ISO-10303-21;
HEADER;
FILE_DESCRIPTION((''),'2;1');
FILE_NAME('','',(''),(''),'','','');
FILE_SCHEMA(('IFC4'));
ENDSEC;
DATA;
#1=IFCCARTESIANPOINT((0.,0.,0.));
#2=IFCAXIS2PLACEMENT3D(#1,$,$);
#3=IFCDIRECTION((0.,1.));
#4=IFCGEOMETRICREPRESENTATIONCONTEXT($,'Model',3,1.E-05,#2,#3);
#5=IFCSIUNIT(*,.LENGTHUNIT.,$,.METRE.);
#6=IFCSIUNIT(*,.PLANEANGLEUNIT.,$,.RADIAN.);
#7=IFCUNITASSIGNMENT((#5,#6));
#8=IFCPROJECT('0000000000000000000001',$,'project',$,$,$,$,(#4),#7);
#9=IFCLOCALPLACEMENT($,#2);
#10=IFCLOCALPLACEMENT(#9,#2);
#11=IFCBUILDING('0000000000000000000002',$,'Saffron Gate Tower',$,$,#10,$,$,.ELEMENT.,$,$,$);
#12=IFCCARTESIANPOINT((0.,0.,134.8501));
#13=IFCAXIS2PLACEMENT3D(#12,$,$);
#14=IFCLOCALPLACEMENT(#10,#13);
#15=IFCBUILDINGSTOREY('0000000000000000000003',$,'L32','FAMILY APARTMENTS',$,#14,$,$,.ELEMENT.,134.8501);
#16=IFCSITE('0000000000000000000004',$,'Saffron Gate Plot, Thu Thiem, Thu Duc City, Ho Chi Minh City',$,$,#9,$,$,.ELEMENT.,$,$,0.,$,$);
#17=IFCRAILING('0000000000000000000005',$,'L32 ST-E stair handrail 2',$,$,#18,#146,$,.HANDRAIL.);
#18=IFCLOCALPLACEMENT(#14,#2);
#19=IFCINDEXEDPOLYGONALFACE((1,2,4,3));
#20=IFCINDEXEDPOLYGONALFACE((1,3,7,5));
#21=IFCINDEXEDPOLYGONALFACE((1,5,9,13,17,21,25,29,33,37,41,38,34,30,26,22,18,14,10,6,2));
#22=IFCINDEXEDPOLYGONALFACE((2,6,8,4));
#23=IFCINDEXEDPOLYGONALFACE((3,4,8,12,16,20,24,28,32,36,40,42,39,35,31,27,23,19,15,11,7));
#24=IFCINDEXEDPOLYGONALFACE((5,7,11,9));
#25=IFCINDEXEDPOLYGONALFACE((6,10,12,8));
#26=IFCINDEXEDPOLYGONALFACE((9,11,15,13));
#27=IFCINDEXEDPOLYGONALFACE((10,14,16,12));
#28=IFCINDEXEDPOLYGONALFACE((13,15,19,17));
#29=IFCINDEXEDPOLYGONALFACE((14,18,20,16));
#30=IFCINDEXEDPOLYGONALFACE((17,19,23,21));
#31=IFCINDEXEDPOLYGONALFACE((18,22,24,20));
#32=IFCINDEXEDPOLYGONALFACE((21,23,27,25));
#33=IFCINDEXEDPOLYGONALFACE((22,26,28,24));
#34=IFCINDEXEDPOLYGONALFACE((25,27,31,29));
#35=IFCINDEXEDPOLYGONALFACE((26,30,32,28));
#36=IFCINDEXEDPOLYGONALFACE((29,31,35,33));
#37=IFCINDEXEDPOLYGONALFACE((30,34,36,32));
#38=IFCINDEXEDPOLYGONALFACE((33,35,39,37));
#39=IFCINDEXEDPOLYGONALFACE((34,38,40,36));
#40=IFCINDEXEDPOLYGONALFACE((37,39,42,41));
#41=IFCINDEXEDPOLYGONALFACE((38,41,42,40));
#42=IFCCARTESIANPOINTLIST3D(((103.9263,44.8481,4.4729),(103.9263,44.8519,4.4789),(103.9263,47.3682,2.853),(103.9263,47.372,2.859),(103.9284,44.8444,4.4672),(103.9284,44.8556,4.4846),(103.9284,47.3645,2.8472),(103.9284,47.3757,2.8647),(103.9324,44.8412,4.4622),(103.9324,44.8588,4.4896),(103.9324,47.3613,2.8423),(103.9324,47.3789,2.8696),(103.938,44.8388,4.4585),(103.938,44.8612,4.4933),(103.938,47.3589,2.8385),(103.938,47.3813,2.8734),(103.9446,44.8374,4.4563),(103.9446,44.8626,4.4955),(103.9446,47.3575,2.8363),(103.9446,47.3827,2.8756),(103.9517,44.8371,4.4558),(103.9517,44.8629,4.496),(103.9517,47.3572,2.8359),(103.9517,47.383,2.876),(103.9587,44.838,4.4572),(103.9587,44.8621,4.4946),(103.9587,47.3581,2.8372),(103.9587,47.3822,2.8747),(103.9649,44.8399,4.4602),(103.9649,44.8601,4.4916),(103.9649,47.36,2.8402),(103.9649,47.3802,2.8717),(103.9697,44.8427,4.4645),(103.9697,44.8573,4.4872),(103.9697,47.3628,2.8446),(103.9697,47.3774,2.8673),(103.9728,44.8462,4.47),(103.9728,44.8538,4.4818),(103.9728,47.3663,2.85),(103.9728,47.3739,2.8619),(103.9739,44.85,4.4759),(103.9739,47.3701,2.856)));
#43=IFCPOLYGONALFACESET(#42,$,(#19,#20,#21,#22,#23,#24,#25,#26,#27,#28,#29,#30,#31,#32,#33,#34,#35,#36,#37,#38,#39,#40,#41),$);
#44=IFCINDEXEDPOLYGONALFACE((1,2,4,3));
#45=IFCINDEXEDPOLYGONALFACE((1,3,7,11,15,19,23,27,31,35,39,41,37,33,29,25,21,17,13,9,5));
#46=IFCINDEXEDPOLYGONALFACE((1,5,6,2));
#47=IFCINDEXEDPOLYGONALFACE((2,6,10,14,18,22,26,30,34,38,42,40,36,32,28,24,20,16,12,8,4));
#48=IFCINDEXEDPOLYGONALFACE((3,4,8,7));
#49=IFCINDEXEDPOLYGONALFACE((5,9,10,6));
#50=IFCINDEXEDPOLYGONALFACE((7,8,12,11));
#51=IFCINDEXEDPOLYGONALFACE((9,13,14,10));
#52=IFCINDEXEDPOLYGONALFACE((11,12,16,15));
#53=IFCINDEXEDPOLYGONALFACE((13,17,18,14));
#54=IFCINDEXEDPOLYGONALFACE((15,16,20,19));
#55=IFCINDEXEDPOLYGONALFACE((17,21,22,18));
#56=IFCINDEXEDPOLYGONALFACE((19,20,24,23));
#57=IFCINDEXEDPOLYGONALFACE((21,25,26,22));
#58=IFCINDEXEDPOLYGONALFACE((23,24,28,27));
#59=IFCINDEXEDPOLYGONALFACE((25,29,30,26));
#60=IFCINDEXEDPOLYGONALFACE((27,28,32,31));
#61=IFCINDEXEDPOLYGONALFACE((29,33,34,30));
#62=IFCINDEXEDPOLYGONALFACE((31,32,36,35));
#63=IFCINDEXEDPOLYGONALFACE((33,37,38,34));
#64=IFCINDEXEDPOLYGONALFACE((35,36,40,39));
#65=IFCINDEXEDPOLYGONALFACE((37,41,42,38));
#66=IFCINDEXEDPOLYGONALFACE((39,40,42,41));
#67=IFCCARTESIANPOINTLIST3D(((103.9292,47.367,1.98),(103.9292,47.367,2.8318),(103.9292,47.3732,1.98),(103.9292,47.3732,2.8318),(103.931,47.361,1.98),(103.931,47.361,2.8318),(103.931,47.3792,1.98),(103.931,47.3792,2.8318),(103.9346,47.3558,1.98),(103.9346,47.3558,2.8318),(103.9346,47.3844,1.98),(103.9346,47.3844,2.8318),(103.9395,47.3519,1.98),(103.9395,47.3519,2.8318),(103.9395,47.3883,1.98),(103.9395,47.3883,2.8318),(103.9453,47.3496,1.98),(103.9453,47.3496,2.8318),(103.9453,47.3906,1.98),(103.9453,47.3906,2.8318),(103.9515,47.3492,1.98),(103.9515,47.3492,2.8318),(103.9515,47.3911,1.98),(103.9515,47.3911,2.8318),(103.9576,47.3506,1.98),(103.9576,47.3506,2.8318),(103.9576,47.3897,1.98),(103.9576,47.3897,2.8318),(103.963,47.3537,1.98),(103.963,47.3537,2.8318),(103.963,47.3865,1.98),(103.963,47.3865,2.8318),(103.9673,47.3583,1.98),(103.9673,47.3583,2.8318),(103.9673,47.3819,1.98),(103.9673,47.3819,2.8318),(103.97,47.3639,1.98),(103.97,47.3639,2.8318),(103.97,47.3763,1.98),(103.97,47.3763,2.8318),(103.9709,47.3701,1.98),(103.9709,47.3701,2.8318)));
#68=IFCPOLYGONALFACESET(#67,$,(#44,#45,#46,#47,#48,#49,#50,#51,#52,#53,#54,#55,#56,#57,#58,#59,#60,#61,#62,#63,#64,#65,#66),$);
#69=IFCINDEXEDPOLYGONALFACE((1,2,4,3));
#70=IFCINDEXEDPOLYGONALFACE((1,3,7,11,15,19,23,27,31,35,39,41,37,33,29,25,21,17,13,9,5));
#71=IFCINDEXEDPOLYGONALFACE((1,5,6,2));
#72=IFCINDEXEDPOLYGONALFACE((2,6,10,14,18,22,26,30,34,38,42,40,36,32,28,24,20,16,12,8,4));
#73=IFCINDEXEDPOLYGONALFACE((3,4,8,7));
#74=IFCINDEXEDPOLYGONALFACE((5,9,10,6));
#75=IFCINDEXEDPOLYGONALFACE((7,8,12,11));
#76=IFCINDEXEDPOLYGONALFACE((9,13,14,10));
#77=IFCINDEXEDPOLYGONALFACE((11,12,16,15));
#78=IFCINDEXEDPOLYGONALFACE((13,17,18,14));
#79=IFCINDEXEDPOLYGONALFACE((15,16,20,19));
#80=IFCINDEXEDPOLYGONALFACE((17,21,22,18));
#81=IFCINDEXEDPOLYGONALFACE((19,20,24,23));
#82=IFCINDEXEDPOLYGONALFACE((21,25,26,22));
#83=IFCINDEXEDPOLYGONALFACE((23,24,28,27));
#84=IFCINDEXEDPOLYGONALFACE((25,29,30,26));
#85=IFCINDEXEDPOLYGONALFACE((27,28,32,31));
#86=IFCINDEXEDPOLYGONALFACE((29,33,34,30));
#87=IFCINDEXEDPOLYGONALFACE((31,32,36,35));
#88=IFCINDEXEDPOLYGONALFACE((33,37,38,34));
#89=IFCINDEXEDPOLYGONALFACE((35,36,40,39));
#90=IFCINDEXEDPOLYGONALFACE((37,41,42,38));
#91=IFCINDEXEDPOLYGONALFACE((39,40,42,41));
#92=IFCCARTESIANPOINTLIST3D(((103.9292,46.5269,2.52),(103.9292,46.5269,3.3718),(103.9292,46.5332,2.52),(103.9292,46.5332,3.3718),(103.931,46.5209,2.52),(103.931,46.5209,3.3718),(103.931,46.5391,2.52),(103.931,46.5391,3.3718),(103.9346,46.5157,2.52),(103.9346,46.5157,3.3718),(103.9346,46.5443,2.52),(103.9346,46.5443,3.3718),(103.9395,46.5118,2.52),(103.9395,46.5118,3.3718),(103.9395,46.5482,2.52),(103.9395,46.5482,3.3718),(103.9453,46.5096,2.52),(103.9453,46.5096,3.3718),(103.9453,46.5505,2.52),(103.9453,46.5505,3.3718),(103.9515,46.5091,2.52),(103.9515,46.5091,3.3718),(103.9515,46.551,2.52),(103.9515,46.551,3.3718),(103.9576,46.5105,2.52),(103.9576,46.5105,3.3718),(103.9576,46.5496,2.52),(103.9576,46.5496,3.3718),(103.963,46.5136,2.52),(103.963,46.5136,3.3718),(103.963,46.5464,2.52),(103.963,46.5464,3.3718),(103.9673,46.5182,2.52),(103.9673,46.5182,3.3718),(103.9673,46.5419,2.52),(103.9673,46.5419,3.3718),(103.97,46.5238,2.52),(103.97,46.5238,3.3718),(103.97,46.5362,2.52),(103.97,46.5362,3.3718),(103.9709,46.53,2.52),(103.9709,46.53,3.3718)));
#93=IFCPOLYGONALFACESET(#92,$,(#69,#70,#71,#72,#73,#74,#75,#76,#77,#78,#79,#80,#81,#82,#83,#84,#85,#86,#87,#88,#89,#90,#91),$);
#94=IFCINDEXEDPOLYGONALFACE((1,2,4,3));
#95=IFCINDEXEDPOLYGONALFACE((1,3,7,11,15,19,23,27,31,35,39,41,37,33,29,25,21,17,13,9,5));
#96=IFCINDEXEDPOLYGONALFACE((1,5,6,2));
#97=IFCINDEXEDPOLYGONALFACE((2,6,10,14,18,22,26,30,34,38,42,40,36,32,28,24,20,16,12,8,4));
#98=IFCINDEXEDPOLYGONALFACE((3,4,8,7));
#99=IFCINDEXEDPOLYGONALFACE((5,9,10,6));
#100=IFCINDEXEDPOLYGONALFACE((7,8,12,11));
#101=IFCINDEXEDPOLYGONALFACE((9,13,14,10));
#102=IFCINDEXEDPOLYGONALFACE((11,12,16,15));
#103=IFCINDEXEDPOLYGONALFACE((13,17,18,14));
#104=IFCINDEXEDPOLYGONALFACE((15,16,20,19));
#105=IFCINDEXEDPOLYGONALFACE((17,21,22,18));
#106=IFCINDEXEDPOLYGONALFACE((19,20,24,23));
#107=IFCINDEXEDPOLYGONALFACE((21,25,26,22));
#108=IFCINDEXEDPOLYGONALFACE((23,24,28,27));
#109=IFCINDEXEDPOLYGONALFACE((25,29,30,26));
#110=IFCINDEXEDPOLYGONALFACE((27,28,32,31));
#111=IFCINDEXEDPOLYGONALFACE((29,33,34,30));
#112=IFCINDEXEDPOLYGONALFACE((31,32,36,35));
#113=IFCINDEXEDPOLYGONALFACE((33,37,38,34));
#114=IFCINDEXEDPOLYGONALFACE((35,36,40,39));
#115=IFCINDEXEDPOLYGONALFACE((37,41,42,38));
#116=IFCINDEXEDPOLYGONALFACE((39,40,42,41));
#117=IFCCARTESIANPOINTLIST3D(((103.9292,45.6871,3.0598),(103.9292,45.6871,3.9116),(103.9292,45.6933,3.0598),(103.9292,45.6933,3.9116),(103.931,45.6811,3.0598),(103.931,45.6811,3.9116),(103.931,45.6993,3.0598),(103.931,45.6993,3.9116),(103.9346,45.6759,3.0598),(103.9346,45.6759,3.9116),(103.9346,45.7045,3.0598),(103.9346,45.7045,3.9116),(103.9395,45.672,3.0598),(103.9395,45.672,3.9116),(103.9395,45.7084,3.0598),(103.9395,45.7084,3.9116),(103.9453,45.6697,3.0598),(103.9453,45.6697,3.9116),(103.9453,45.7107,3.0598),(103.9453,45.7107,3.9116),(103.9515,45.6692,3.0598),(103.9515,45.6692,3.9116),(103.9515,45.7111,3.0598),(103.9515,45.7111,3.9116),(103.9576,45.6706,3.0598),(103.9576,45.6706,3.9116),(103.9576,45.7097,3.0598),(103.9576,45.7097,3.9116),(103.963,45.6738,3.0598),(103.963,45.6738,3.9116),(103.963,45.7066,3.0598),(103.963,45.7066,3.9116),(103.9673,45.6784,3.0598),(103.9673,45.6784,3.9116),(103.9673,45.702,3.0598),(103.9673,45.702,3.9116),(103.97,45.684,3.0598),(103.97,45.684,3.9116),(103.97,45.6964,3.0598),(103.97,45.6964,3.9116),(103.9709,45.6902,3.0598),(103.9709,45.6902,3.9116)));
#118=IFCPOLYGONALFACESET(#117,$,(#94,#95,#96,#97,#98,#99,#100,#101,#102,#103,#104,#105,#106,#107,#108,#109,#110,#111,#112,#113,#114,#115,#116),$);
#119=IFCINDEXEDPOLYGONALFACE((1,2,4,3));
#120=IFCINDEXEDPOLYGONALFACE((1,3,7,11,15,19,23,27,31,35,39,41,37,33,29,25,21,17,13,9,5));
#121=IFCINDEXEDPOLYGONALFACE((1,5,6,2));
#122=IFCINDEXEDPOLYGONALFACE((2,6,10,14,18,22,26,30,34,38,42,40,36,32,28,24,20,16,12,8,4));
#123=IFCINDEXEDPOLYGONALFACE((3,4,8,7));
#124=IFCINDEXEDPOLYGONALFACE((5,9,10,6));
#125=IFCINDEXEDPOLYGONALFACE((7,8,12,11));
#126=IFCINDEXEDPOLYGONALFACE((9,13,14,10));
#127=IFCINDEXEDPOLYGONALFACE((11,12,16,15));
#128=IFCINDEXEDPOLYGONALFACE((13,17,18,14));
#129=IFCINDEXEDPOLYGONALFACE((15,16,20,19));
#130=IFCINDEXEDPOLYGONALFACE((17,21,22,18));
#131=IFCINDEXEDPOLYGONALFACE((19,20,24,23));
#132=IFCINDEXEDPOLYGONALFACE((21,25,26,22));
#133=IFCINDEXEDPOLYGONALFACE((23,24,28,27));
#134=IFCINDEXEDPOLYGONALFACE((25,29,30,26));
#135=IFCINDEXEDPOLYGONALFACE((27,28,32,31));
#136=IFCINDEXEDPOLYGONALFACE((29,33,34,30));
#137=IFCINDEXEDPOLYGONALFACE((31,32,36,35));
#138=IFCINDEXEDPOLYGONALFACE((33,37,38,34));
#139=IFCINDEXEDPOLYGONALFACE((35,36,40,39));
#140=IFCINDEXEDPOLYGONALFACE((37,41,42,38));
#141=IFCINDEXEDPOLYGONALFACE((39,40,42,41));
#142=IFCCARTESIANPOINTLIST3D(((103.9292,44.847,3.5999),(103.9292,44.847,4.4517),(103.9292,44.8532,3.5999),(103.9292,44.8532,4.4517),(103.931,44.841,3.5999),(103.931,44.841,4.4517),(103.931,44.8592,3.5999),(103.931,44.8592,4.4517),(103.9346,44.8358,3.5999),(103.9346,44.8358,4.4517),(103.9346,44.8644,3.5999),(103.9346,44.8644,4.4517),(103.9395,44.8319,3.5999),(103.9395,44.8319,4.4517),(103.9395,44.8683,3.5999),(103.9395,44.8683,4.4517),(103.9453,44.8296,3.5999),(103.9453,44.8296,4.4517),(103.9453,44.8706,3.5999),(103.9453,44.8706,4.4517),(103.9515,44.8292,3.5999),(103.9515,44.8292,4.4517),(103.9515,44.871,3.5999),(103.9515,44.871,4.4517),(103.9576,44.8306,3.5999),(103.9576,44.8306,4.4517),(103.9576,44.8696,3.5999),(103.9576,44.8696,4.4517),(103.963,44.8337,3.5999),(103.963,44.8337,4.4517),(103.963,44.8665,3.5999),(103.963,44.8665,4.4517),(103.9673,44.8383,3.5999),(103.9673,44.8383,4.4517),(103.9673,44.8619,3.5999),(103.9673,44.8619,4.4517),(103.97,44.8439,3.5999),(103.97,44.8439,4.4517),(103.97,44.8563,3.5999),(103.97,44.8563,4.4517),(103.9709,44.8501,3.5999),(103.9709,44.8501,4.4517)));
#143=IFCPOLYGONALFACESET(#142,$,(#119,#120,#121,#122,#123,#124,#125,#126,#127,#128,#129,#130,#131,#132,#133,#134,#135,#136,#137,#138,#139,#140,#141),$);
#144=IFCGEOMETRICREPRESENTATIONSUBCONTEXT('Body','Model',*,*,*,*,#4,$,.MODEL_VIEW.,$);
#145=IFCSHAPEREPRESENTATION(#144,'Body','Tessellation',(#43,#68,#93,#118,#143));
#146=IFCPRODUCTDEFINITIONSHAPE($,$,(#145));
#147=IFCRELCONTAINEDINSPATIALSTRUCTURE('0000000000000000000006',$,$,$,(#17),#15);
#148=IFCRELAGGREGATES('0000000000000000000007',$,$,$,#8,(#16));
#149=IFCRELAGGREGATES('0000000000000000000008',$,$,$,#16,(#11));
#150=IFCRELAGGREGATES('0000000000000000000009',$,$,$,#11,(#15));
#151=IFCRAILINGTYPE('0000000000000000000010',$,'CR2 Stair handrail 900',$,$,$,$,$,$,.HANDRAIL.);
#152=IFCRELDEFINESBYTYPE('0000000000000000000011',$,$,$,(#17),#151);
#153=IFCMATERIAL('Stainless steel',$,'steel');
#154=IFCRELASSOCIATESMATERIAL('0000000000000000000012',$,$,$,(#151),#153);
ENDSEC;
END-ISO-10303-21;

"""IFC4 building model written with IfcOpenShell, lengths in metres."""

from ifc_helpers import new_model, si_unit, direction, frame, origin, origin_2d, place, context, subcontext, project, spatial, circle, extrude, material, type_object, element, save


model = new_model("IFC4")

# Units and contexts
model_context = context("Model", 3, precision=1e-05, world=origin(), true_north=direction((0.0, 1.0)))
body_context = subcontext(model_context, "Body", "Model", "MODEL_VIEW")
ifc_project = project(units=[si_unit("LENGTHUNIT", "METRE"), si_unit("PLANEANGLEUNIT", "RADIAN")], contexts=[model_context])

# Site, building, storey
site_placement = place(None, origin())
site = spatial("IfcSite", under=ifc_project, at=site_placement, Name="Saffron Gate Plot, Thu Thiem, Thu Duc City, Ho Chi Minh City", CompositionType="ELEMENT", RefElevation=0.0)
building_placement = place(site_placement, origin())
building = spatial("IfcBuilding", under=site, at=building_placement, Name="Saffron Gate Tower", CompositionType="ELEMENT")
storey_placement = place(building_placement, frame((0.0, 0.0, 134.8501)))
storey = spatial("IfcBuildingStorey", under=building, at=storey_placement, Name="L32", Description="FAMILY APARTMENTS", CompositionType="ELEMENT", Elevation=134.8501)

# Railing
ifc_material_1 = material(Name="Stainless steel", Category="steel")
railing_type_1 = type_object("IfcRailingType", Name="CR2 Stair handrail 900", PredefinedType="HANDRAIL", material=ifc_material_1)
railing_1_placement = place(storey_placement, frame((103.95, 47.3701, 1.98)))
element("IfcRailing", 1, at=railing_1_placement, inside=storey, type_object=railing_type_1, Name="L32 ST-E stair handrail 2", PredefinedType="HANDRAIL", context=body_context, shape_type="SweptSolid", body=[
    extrude(circle(Radius=0.0239, at=origin_2d()), frame((0.0, 0.0, 0.876), z_axis=(0.0, -0.8412, 0.540725), x_axis=(1.0, 0.0, 0.0)), (0.0, 0.0, 1.0), 2.9958),
    extrude(circle(Radius=0.021, at=origin_2d()), origin(), (0.0, 0.0, 1.0), 0.8518),
    extrude(circle(Radius=0.021, at=origin_2d()), frame((0.0, -0.8401, 0.54)), (0.0, 0.0, 1.0), 0.8518),
    extrude(circle(Radius=0.021, at=origin_2d()), frame((0.0, -1.6799, 1.0798)), (0.0, 0.0, 1.0), 0.8518),
    extrude(circle(Radius=0.021, at=origin_2d()), frame((0.0, -2.52, 1.6199)), (0.0, 0.0, 1.0), 0.8518),
])

save(model, "model.ifc")
